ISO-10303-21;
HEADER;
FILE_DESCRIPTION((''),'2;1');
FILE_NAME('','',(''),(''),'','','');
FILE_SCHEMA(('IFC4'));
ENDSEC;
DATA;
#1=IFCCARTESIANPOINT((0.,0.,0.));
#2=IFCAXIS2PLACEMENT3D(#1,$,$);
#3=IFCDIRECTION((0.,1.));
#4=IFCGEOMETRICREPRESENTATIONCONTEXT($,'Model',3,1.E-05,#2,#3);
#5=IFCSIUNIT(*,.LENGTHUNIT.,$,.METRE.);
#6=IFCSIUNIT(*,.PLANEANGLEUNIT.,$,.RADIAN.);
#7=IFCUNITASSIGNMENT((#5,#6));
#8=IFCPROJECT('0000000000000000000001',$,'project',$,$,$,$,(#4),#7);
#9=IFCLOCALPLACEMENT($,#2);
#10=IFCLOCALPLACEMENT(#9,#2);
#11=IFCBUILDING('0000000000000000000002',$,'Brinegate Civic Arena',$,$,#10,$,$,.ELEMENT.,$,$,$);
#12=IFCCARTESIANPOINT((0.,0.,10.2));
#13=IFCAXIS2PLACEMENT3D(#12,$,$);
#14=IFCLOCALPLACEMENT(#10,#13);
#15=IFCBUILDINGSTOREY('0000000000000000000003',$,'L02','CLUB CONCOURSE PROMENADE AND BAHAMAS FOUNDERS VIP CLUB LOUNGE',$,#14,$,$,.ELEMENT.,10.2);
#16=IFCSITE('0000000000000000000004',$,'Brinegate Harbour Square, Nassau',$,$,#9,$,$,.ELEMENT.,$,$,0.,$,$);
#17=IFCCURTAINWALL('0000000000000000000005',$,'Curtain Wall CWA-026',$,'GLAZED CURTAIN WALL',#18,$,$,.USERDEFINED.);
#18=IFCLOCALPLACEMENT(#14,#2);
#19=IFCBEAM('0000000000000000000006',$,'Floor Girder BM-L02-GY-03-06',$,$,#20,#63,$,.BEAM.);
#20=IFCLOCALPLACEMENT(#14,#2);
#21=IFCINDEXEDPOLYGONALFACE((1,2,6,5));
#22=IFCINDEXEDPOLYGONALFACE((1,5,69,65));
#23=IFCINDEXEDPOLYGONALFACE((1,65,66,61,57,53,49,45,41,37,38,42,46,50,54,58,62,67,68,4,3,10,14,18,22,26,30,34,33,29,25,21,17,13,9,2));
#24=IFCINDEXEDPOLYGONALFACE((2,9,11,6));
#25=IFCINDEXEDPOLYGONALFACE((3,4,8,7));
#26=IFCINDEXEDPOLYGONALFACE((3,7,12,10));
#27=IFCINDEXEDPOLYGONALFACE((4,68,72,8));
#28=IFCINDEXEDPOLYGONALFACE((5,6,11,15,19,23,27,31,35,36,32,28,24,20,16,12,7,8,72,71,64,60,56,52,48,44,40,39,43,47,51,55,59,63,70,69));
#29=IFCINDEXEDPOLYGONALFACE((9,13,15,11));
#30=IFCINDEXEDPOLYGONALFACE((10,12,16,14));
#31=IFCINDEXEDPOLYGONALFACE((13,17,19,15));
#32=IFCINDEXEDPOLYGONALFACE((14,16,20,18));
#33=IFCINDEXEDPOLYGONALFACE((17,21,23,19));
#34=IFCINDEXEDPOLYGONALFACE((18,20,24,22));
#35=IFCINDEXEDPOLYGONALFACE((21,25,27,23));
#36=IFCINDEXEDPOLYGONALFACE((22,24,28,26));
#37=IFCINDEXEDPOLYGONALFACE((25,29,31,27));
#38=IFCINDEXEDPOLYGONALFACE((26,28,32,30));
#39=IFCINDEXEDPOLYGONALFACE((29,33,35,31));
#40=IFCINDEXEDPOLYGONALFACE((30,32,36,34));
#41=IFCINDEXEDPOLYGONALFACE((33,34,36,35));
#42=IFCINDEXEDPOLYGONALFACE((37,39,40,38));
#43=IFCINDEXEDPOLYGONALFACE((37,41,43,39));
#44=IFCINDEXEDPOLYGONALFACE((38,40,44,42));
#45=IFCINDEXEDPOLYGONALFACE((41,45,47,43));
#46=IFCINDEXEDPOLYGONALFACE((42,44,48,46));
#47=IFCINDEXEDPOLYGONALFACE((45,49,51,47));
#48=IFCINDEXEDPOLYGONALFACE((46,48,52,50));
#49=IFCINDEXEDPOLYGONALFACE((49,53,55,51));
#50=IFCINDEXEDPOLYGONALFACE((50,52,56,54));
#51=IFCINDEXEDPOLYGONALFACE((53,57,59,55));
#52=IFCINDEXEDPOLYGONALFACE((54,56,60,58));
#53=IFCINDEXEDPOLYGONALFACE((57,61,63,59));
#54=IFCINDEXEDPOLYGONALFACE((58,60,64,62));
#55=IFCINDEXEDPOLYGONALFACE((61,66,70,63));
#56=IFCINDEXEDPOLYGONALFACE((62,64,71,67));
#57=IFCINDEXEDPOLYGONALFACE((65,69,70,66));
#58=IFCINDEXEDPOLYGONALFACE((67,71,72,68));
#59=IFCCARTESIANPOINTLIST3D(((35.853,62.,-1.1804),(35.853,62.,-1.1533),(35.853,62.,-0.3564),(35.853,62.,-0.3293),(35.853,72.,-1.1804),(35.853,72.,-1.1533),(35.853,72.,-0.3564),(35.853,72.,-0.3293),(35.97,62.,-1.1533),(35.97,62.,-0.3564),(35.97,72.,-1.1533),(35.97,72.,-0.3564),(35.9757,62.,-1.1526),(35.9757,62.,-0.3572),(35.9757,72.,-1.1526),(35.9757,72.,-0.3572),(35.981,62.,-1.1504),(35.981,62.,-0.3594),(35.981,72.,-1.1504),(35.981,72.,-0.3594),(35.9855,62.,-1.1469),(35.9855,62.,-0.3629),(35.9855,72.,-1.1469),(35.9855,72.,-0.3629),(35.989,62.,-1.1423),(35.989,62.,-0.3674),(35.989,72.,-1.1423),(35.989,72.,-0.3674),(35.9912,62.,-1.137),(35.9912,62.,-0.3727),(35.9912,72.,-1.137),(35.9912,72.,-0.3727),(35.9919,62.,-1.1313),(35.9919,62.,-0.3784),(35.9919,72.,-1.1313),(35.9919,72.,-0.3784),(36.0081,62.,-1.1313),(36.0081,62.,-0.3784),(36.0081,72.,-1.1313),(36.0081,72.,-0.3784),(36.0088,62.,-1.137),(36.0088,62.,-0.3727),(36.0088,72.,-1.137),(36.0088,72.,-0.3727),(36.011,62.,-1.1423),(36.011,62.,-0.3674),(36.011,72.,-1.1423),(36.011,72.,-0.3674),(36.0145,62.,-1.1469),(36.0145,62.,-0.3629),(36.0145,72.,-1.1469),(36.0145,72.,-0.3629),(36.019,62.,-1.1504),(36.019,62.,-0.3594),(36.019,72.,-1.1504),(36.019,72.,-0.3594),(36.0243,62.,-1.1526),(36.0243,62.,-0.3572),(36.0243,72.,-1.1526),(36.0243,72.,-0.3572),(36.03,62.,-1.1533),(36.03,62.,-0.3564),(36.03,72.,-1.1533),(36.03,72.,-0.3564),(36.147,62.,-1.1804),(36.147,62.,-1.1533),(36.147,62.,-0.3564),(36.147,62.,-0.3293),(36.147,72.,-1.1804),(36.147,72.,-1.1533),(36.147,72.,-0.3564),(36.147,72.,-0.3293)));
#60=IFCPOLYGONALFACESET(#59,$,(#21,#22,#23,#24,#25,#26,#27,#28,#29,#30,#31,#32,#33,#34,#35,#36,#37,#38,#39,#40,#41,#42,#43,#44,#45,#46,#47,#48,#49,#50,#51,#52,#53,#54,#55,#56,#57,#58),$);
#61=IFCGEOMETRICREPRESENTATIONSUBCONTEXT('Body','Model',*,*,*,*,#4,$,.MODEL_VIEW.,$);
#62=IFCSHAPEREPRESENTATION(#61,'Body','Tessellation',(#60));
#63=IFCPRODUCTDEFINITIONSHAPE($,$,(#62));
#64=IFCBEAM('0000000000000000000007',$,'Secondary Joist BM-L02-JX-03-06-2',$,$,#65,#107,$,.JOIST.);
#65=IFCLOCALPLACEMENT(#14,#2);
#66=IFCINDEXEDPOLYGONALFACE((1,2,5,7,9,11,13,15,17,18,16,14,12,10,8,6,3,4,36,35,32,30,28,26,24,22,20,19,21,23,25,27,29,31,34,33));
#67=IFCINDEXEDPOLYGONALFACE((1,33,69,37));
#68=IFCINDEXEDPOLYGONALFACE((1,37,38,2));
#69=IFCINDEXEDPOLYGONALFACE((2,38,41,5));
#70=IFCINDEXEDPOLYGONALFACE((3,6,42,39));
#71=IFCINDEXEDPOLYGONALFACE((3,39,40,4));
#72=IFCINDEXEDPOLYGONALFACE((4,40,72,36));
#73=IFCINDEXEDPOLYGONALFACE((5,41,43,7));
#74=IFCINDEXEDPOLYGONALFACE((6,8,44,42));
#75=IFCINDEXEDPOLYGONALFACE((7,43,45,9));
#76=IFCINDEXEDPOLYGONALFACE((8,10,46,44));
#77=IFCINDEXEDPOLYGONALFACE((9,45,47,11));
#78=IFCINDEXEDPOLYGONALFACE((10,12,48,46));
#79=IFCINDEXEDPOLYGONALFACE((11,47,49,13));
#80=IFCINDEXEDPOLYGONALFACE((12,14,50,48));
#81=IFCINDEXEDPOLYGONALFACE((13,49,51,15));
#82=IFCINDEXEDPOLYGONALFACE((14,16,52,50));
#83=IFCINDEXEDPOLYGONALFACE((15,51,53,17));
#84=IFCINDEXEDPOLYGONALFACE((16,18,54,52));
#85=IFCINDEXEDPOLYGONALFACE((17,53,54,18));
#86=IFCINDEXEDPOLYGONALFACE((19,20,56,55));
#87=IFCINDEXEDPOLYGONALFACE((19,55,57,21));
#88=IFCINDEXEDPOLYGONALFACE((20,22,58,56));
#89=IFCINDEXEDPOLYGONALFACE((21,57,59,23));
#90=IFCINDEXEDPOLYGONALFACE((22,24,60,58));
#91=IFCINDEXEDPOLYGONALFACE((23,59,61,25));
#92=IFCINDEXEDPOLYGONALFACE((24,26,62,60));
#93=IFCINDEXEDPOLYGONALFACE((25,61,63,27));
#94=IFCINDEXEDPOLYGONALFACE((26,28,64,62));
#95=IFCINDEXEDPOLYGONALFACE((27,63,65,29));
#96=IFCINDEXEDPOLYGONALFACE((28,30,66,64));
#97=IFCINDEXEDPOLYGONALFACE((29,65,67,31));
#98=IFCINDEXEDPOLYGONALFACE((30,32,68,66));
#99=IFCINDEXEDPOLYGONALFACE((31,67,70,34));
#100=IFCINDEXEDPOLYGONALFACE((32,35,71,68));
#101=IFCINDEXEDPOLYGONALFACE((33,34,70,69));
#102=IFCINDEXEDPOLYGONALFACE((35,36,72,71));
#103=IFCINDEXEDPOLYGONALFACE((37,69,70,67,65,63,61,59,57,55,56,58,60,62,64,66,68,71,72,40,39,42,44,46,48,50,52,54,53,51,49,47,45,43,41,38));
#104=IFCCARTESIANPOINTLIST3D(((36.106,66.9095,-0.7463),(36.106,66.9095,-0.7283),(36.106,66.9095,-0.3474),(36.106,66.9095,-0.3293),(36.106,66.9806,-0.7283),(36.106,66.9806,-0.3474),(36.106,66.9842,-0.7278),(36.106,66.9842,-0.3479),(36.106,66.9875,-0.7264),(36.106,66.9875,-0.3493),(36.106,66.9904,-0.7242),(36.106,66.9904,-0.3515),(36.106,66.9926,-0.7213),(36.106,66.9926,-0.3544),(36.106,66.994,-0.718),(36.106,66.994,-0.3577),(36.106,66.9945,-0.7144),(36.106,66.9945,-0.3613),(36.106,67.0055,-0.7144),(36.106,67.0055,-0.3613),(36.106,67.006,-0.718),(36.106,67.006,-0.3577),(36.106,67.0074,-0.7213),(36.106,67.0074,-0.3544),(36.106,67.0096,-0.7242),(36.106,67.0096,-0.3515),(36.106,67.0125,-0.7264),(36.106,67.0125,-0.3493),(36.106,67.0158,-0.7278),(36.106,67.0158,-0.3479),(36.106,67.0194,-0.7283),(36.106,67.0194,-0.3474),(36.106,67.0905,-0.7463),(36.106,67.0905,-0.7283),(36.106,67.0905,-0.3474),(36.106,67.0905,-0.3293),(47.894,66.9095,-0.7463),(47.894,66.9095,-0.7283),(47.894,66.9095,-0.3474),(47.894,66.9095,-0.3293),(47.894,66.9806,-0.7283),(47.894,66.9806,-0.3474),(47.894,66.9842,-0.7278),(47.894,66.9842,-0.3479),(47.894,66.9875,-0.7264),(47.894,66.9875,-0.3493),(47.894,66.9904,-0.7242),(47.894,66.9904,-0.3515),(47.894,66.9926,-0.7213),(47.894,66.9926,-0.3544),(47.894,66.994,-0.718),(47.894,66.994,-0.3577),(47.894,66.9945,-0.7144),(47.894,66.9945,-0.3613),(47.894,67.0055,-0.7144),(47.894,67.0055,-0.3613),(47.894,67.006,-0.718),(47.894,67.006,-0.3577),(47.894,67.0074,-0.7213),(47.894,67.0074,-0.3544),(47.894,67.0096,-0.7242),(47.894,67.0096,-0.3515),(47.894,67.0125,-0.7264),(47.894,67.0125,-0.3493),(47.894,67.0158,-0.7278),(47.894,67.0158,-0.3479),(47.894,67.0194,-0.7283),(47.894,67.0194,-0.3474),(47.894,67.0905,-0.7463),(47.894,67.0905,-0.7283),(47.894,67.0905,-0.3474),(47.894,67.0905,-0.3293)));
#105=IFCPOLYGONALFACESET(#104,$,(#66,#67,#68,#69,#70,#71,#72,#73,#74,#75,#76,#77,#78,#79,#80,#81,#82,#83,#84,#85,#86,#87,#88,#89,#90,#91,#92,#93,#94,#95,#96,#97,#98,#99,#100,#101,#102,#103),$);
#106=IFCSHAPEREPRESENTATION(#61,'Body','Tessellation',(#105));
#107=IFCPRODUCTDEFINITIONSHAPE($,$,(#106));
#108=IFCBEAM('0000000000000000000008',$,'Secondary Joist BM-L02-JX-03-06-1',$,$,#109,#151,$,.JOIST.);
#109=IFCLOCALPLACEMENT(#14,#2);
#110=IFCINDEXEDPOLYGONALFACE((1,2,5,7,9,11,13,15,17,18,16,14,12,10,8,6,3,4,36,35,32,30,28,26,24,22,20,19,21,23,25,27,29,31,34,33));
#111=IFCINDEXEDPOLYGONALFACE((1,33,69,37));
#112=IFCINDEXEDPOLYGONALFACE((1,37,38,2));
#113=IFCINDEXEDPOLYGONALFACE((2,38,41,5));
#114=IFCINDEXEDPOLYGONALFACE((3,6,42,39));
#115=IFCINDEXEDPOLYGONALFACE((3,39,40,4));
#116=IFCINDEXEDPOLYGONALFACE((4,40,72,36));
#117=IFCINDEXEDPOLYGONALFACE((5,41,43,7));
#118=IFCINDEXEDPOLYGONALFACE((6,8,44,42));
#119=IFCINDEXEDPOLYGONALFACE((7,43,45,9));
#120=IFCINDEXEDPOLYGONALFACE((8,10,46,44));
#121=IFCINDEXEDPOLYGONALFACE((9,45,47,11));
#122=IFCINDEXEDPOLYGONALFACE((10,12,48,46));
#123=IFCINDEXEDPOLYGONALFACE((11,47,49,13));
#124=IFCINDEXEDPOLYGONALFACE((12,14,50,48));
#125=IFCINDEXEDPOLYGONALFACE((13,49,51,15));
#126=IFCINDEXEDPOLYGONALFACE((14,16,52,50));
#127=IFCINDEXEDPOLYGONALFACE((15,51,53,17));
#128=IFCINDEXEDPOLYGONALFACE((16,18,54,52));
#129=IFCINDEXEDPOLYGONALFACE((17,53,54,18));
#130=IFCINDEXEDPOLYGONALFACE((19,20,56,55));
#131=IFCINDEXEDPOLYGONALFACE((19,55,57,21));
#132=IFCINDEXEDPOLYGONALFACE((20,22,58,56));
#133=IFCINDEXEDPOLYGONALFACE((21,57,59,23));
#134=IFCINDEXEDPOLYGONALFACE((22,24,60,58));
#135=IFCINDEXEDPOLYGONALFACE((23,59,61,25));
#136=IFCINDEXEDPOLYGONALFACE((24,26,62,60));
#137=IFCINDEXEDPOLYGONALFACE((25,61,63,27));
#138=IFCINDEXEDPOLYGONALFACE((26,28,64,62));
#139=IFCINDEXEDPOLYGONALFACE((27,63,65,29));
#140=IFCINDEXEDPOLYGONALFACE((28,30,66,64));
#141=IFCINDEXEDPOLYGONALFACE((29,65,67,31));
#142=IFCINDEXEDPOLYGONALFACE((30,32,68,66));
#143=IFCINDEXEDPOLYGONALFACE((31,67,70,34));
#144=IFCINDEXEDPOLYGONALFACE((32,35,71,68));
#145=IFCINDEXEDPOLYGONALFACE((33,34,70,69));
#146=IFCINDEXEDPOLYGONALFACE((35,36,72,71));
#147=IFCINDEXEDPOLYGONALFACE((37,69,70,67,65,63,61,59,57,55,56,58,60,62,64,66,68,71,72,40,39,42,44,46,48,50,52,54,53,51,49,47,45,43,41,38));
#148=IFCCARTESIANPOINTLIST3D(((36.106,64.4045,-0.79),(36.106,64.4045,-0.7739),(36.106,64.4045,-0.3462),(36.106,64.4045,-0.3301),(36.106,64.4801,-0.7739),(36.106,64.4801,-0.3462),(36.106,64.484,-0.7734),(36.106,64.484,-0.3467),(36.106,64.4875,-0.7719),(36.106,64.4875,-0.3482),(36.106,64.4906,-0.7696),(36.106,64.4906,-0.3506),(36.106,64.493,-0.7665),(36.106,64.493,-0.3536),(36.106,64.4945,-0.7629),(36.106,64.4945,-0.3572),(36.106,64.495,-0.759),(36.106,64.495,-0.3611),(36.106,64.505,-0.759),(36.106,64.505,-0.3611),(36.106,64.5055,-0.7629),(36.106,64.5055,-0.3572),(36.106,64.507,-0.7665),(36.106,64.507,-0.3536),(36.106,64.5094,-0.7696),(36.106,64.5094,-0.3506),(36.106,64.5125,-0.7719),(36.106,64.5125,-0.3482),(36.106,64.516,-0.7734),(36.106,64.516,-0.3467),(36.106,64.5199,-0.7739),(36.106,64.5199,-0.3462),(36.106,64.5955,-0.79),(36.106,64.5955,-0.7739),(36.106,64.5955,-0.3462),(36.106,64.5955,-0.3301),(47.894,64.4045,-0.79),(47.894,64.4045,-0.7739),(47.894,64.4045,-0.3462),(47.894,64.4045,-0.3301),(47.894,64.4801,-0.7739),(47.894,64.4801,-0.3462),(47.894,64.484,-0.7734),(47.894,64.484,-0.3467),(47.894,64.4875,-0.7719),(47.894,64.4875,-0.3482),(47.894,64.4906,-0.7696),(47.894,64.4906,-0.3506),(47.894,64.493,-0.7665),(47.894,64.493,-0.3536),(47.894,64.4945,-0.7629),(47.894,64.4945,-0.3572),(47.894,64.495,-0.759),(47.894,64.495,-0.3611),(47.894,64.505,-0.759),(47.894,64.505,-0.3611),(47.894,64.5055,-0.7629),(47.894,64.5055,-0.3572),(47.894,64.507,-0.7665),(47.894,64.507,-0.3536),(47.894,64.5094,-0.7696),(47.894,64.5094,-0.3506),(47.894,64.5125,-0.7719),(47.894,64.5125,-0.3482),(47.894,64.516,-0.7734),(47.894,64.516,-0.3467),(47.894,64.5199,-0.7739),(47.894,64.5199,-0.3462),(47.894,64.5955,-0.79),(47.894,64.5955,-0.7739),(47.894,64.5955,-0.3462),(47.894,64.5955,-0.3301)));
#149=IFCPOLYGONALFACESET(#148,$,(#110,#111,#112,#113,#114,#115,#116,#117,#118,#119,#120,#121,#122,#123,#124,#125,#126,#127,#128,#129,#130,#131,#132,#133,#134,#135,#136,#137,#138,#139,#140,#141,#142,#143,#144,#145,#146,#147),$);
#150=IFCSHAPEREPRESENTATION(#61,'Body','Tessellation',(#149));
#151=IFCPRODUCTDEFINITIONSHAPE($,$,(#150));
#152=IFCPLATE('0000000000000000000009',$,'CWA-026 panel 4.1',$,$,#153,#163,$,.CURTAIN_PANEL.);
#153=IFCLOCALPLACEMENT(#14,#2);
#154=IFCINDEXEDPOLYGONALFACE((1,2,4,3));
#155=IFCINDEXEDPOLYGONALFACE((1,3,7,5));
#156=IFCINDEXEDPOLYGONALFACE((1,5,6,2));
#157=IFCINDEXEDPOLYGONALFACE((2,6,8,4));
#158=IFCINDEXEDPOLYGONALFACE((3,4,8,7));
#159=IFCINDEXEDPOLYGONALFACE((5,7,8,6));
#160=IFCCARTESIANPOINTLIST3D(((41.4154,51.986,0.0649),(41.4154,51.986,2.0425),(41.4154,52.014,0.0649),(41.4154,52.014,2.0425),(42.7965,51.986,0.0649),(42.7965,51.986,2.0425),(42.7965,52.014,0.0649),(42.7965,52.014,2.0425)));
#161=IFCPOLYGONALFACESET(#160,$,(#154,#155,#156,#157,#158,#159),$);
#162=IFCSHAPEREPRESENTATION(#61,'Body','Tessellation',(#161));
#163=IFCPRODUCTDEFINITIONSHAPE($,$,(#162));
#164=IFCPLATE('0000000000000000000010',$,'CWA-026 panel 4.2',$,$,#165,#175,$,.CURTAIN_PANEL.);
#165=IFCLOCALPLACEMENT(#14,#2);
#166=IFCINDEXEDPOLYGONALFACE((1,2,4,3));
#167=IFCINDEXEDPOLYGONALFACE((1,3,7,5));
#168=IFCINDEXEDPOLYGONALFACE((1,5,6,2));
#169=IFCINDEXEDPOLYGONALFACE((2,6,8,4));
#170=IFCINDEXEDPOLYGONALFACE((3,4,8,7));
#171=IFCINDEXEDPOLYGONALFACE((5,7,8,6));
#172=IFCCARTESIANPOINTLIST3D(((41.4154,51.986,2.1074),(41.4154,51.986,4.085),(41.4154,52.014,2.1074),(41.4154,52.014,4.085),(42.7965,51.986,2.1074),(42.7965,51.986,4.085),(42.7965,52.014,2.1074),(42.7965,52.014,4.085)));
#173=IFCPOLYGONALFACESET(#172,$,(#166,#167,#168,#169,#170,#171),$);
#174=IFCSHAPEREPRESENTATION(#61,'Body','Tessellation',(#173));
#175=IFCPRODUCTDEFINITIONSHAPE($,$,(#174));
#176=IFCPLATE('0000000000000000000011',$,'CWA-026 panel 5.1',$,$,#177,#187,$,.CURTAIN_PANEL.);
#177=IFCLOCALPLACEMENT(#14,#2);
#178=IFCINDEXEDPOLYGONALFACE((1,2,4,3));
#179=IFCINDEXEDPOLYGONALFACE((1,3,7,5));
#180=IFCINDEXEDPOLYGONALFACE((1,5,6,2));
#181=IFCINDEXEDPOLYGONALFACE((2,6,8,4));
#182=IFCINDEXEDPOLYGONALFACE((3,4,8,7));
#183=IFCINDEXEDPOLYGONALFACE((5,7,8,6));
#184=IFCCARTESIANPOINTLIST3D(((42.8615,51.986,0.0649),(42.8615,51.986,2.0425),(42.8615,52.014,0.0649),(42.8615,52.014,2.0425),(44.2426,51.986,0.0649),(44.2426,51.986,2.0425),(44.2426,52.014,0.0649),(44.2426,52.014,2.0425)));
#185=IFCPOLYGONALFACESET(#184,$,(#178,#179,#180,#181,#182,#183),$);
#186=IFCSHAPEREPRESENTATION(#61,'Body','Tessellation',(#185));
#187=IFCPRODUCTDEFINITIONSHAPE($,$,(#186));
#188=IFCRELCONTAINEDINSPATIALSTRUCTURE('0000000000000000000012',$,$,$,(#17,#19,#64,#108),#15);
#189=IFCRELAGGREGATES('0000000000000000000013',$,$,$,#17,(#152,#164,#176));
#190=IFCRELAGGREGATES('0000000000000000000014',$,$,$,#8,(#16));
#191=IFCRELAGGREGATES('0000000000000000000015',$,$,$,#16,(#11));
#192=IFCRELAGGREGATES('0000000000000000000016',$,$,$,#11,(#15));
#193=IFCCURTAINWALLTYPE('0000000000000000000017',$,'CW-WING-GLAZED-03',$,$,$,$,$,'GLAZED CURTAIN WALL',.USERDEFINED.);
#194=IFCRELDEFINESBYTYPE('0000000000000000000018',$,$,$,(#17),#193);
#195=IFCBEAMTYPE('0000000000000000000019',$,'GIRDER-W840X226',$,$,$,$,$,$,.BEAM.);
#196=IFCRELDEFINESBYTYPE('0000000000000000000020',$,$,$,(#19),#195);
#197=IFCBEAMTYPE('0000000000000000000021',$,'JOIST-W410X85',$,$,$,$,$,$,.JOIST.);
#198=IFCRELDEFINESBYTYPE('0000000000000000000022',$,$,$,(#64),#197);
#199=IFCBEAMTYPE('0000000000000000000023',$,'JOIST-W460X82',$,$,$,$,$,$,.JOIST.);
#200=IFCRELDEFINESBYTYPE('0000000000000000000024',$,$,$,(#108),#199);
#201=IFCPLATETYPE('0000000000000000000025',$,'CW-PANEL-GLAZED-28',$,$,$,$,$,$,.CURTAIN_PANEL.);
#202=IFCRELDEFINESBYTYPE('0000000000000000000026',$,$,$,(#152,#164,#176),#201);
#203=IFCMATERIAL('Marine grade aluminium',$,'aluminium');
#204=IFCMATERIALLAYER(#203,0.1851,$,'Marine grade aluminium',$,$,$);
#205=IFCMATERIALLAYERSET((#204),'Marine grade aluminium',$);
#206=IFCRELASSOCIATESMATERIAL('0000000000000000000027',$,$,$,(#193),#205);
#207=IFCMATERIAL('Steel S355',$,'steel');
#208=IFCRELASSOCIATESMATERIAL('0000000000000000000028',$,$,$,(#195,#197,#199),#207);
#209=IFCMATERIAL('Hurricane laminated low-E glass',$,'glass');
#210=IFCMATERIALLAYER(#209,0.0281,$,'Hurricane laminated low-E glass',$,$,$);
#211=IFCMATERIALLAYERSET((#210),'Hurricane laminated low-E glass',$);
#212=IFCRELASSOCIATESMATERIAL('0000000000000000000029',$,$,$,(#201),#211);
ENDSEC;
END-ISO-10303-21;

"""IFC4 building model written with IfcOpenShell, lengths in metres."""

from ifc_helpers import new_model, si_unit, direction, frame, origin, origin_2d, place, context, subcontext, project, spatial, rectangle, i_section, extrude, material, layer, layer_set, material_profile, profile_set, type_object, element, aggregate, save


model = new_model("IFC4")

# Units and contexts
model_context = context("Model", 3, precision=1e-05, world=origin(), true_north=direction((0.0, 1.0)))
body_context = subcontext(model_context, "Body", "Model", "MODEL_VIEW")
ifc_project = project(units=[si_unit("LENGTHUNIT", "METRE"), si_unit("PLANEANGLEUNIT", "RADIAN")], contexts=[model_context])

# Site, building, storey
site_placement = place(None, origin())
site = spatial("IfcSite", under=ifc_project, at=site_placement, Name="Brinegate Harbour Square, Nassau", CompositionType="ELEMENT", RefElevation=0.0)
building_placement = place(site_placement, origin())
building = spatial("IfcBuilding", under=site, at=building_placement, Name="Brinegate Civic Arena", CompositionType="ELEMENT")
storey_placement = place(building_placement, frame((0.0, 0.0, 10.2)))
storey = spatial("IfcBuildingStorey", under=building, at=storey_placement, Name="L02", Description="CLUB CONCOURSE PROMENADE AND BAHAMAS FOUNDERS VIP CLUB LOUNGE", CompositionType="ELEMENT", Elevation=10.2)

# Curtain wall
ifc_material_1 = material(Name="Marine grade aluminium", Category="aluminium")
ifc_layer_1 = layer(ifc_material_1, 0.1851, Name="Marine grade aluminium")
ifc_layer_set_1 = layer_set([ifc_layer_1], Name="Marine grade aluminium")
curtain_wall_type_1 = type_object("IfcCurtainWallType", Name="CW-WING-GLAZED-03", ElementType="GLAZED CURTAIN WALL", PredefinedType="USERDEFINED", material=ifc_layer_set_1)
curtain_wall_1_placement = place(storey_placement, origin())
curtain_wall_1 = element("IfcCurtainWall", 1, at=curtain_wall_1_placement, inside=storey, type_object=curtain_wall_type_1, Name="Curtain Wall CWA-026", ObjectType="GLAZED CURTAIN WALL", PredefinedType="USERDEFINED")

# Beams
ifc_material_2 = material(Name="Steel S355", Category="steel")
ifc_material_profile_1 = material_profile(ifc_material_2, i_section(OverallWidth=0.2939, OverallDepth=0.8511, WebThickness=0.0161, FlangeThickness=0.0271, FilletRadius=0.022, at=origin_2d()), Name="W840X226")
ifc_profile_set_1 = profile_set([ifc_material_profile_1], Name="Steel S355")
beam_type_1 = type_object("IfcBeamType", Name="GIRDER-W840X226", PredefinedType="BEAM", material=ifc_profile_set_1)
beam_1_placement = place(storey_placement, frame((36.0, 62.0, -0.7549), z_axis=(0.0, 1.0, 0.0), x_axis=(-1.0, 0.0, 0.0)))
element("IfcBeam", 2, at=beam_1_placement, inside=storey, type_object=beam_type_1, Name="Floor Girder BM-L02-GY-03-06", PredefinedType="BEAM", context=body_context, shape_type="SweptSolid", body=[
    extrude(i_section(OverallWidth=0.2939, OverallDepth=0.8511, WebThickness=0.0161, FlangeThickness=0.0271, FilletRadius=0.022, at=origin_2d()), origin(), (0.0, 0.0, 1.0), 10.0),
])
ifc_material_profile_2 = material_profile(ifc_material_2, i_section(OverallWidth=0.1809, OverallDepth=0.417, WebThickness=0.011, FlangeThickness=0.0181, FilletRadius=0.0139, at=origin_2d()), Name="W410X85")
ifc_profile_set_2 = profile_set([ifc_material_profile_2], Name="Steel S355")
beam_type_2 = type_object("IfcBeamType", Name="JOIST-W410X85", PredefinedType="JOIST", material=ifc_profile_set_2)
beam_2_placement = place(storey_placement, frame((36.106, 67.0, -0.5378), z_axis=(1.0, 0.0, 0.0), x_axis=(0.0, 1.0, 0.0)))
element("IfcBeam", 3, at=beam_2_placement, inside=storey, type_object=beam_type_2, Name="Secondary Joist BM-L02-JX-03-06-2", PredefinedType="JOIST", context=body_context, shape_type="SweptSolid", body=[
    extrude(i_section(OverallWidth=0.1809, OverallDepth=0.417, WebThickness=0.011, FlangeThickness=0.0181, FilletRadius=0.0139, at=origin_2d()), origin(), (0.0, 0.0, 1.0), 11.7881),
])
ifc_material_profile_3 = material_profile(ifc_material_2, i_section(OverallWidth=0.1909, OverallDepth=0.46, WebThickness=0.01, FlangeThickness=0.0161, FilletRadius=0.0149, at=origin_2d()), Name="W460X82")
ifc_profile_set_3 = profile_set([ifc_material_profile_3], Name="Steel S355")
beam_type_3 = type_object("IfcBeamType", Name="JOIST-W460X82", PredefinedType="JOIST", material=ifc_profile_set_3)
beam_3_placement = place(storey_placement, frame((36.106, 64.5, -0.5601), z_axis=(1.0, 0.0, 0.0), x_axis=(0.0, 1.0, 0.0)))
element("IfcBeam", 4, at=beam_3_placement, inside=storey, type_object=beam_type_3, Name="Secondary Joist BM-L02-JX-03-06-1", PredefinedType="JOIST", context=body_context, shape_type="SweptSolid", body=[
    extrude(i_section(OverallWidth=0.1909, OverallDepth=0.46, WebThickness=0.01, FlangeThickness=0.0161, FilletRadius=0.0149, at=origin_2d()), origin(), (0.0, 0.0, 1.0), 11.7881),
])

# Plates
ifc_material_3 = material(Name="Hurricane laminated low-E glass", Category="glass")
ifc_layer_2 = layer(ifc_material_3, 0.0281, Name="Hurricane laminated low-E glass")
ifc_layer_set_2 = layer_set([ifc_layer_2], Name="Hurricane laminated low-E glass")
plate_type_1 = type_object("IfcPlateType", Name="CW-PANEL-GLAZED-28", PredefinedType="CURTAIN_PANEL", material=ifc_layer_set_2)
plate_1_placement = place(storey_placement, frame((42.106, 52.0, 0.0649), z_axis=(0.0, 0.0, 1.0), x_axis=(1.0, 0.0, 0.0)))
plate_1 = element("IfcPlate", 5, at=plate_1_placement, type_object=plate_type_1, Name="CWA-026 panel 4.1", PredefinedType="CURTAIN_PANEL", context=body_context, shape_type="SweptSolid", body=[
    extrude(rectangle(XDim=1.3811, YDim=0.0281, at=origin_2d()), origin(), (0.0, 0.0, 1.0), 1.9775),
])
plate_2_placement = place(storey_placement, frame((42.106, 52.0, 2.1074), z_axis=(0.0, 0.0, 1.0), x_axis=(1.0, 0.0, 0.0)))
plate_2 = element("IfcPlate", 6, at=plate_2_placement, type_object=plate_type_1, Name="CWA-026 panel 4.2", PredefinedType="CURTAIN_PANEL", context=body_context, shape_type="SweptSolid", body=[
    extrude(rectangle(XDim=1.3811, YDim=0.0281, at=origin_2d()), origin(), (0.0, 0.0, 1.0), 1.9775),
])
plate_3_placement = place(storey_placement, frame((43.552, 52.0, 0.0649), z_axis=(0.0, 0.0, 1.0), x_axis=(1.0, 0.0, 0.0)))
plate_3 = element("IfcPlate", 7, at=plate_3_placement, type_object=plate_type_1, Name="CWA-026 panel 5.1", PredefinedType="CURTAIN_PANEL", context=body_context, shape_type="SweptSolid", body=[
    extrude(rectangle(XDim=1.3811, YDim=0.0281, at=origin_2d()), origin(), (0.0, 0.0, 1.0), 1.9775),
])
aggregate(curtain_wall_1, [plate_1, plate_2, plate_3])

save(model, "model.ifc")
